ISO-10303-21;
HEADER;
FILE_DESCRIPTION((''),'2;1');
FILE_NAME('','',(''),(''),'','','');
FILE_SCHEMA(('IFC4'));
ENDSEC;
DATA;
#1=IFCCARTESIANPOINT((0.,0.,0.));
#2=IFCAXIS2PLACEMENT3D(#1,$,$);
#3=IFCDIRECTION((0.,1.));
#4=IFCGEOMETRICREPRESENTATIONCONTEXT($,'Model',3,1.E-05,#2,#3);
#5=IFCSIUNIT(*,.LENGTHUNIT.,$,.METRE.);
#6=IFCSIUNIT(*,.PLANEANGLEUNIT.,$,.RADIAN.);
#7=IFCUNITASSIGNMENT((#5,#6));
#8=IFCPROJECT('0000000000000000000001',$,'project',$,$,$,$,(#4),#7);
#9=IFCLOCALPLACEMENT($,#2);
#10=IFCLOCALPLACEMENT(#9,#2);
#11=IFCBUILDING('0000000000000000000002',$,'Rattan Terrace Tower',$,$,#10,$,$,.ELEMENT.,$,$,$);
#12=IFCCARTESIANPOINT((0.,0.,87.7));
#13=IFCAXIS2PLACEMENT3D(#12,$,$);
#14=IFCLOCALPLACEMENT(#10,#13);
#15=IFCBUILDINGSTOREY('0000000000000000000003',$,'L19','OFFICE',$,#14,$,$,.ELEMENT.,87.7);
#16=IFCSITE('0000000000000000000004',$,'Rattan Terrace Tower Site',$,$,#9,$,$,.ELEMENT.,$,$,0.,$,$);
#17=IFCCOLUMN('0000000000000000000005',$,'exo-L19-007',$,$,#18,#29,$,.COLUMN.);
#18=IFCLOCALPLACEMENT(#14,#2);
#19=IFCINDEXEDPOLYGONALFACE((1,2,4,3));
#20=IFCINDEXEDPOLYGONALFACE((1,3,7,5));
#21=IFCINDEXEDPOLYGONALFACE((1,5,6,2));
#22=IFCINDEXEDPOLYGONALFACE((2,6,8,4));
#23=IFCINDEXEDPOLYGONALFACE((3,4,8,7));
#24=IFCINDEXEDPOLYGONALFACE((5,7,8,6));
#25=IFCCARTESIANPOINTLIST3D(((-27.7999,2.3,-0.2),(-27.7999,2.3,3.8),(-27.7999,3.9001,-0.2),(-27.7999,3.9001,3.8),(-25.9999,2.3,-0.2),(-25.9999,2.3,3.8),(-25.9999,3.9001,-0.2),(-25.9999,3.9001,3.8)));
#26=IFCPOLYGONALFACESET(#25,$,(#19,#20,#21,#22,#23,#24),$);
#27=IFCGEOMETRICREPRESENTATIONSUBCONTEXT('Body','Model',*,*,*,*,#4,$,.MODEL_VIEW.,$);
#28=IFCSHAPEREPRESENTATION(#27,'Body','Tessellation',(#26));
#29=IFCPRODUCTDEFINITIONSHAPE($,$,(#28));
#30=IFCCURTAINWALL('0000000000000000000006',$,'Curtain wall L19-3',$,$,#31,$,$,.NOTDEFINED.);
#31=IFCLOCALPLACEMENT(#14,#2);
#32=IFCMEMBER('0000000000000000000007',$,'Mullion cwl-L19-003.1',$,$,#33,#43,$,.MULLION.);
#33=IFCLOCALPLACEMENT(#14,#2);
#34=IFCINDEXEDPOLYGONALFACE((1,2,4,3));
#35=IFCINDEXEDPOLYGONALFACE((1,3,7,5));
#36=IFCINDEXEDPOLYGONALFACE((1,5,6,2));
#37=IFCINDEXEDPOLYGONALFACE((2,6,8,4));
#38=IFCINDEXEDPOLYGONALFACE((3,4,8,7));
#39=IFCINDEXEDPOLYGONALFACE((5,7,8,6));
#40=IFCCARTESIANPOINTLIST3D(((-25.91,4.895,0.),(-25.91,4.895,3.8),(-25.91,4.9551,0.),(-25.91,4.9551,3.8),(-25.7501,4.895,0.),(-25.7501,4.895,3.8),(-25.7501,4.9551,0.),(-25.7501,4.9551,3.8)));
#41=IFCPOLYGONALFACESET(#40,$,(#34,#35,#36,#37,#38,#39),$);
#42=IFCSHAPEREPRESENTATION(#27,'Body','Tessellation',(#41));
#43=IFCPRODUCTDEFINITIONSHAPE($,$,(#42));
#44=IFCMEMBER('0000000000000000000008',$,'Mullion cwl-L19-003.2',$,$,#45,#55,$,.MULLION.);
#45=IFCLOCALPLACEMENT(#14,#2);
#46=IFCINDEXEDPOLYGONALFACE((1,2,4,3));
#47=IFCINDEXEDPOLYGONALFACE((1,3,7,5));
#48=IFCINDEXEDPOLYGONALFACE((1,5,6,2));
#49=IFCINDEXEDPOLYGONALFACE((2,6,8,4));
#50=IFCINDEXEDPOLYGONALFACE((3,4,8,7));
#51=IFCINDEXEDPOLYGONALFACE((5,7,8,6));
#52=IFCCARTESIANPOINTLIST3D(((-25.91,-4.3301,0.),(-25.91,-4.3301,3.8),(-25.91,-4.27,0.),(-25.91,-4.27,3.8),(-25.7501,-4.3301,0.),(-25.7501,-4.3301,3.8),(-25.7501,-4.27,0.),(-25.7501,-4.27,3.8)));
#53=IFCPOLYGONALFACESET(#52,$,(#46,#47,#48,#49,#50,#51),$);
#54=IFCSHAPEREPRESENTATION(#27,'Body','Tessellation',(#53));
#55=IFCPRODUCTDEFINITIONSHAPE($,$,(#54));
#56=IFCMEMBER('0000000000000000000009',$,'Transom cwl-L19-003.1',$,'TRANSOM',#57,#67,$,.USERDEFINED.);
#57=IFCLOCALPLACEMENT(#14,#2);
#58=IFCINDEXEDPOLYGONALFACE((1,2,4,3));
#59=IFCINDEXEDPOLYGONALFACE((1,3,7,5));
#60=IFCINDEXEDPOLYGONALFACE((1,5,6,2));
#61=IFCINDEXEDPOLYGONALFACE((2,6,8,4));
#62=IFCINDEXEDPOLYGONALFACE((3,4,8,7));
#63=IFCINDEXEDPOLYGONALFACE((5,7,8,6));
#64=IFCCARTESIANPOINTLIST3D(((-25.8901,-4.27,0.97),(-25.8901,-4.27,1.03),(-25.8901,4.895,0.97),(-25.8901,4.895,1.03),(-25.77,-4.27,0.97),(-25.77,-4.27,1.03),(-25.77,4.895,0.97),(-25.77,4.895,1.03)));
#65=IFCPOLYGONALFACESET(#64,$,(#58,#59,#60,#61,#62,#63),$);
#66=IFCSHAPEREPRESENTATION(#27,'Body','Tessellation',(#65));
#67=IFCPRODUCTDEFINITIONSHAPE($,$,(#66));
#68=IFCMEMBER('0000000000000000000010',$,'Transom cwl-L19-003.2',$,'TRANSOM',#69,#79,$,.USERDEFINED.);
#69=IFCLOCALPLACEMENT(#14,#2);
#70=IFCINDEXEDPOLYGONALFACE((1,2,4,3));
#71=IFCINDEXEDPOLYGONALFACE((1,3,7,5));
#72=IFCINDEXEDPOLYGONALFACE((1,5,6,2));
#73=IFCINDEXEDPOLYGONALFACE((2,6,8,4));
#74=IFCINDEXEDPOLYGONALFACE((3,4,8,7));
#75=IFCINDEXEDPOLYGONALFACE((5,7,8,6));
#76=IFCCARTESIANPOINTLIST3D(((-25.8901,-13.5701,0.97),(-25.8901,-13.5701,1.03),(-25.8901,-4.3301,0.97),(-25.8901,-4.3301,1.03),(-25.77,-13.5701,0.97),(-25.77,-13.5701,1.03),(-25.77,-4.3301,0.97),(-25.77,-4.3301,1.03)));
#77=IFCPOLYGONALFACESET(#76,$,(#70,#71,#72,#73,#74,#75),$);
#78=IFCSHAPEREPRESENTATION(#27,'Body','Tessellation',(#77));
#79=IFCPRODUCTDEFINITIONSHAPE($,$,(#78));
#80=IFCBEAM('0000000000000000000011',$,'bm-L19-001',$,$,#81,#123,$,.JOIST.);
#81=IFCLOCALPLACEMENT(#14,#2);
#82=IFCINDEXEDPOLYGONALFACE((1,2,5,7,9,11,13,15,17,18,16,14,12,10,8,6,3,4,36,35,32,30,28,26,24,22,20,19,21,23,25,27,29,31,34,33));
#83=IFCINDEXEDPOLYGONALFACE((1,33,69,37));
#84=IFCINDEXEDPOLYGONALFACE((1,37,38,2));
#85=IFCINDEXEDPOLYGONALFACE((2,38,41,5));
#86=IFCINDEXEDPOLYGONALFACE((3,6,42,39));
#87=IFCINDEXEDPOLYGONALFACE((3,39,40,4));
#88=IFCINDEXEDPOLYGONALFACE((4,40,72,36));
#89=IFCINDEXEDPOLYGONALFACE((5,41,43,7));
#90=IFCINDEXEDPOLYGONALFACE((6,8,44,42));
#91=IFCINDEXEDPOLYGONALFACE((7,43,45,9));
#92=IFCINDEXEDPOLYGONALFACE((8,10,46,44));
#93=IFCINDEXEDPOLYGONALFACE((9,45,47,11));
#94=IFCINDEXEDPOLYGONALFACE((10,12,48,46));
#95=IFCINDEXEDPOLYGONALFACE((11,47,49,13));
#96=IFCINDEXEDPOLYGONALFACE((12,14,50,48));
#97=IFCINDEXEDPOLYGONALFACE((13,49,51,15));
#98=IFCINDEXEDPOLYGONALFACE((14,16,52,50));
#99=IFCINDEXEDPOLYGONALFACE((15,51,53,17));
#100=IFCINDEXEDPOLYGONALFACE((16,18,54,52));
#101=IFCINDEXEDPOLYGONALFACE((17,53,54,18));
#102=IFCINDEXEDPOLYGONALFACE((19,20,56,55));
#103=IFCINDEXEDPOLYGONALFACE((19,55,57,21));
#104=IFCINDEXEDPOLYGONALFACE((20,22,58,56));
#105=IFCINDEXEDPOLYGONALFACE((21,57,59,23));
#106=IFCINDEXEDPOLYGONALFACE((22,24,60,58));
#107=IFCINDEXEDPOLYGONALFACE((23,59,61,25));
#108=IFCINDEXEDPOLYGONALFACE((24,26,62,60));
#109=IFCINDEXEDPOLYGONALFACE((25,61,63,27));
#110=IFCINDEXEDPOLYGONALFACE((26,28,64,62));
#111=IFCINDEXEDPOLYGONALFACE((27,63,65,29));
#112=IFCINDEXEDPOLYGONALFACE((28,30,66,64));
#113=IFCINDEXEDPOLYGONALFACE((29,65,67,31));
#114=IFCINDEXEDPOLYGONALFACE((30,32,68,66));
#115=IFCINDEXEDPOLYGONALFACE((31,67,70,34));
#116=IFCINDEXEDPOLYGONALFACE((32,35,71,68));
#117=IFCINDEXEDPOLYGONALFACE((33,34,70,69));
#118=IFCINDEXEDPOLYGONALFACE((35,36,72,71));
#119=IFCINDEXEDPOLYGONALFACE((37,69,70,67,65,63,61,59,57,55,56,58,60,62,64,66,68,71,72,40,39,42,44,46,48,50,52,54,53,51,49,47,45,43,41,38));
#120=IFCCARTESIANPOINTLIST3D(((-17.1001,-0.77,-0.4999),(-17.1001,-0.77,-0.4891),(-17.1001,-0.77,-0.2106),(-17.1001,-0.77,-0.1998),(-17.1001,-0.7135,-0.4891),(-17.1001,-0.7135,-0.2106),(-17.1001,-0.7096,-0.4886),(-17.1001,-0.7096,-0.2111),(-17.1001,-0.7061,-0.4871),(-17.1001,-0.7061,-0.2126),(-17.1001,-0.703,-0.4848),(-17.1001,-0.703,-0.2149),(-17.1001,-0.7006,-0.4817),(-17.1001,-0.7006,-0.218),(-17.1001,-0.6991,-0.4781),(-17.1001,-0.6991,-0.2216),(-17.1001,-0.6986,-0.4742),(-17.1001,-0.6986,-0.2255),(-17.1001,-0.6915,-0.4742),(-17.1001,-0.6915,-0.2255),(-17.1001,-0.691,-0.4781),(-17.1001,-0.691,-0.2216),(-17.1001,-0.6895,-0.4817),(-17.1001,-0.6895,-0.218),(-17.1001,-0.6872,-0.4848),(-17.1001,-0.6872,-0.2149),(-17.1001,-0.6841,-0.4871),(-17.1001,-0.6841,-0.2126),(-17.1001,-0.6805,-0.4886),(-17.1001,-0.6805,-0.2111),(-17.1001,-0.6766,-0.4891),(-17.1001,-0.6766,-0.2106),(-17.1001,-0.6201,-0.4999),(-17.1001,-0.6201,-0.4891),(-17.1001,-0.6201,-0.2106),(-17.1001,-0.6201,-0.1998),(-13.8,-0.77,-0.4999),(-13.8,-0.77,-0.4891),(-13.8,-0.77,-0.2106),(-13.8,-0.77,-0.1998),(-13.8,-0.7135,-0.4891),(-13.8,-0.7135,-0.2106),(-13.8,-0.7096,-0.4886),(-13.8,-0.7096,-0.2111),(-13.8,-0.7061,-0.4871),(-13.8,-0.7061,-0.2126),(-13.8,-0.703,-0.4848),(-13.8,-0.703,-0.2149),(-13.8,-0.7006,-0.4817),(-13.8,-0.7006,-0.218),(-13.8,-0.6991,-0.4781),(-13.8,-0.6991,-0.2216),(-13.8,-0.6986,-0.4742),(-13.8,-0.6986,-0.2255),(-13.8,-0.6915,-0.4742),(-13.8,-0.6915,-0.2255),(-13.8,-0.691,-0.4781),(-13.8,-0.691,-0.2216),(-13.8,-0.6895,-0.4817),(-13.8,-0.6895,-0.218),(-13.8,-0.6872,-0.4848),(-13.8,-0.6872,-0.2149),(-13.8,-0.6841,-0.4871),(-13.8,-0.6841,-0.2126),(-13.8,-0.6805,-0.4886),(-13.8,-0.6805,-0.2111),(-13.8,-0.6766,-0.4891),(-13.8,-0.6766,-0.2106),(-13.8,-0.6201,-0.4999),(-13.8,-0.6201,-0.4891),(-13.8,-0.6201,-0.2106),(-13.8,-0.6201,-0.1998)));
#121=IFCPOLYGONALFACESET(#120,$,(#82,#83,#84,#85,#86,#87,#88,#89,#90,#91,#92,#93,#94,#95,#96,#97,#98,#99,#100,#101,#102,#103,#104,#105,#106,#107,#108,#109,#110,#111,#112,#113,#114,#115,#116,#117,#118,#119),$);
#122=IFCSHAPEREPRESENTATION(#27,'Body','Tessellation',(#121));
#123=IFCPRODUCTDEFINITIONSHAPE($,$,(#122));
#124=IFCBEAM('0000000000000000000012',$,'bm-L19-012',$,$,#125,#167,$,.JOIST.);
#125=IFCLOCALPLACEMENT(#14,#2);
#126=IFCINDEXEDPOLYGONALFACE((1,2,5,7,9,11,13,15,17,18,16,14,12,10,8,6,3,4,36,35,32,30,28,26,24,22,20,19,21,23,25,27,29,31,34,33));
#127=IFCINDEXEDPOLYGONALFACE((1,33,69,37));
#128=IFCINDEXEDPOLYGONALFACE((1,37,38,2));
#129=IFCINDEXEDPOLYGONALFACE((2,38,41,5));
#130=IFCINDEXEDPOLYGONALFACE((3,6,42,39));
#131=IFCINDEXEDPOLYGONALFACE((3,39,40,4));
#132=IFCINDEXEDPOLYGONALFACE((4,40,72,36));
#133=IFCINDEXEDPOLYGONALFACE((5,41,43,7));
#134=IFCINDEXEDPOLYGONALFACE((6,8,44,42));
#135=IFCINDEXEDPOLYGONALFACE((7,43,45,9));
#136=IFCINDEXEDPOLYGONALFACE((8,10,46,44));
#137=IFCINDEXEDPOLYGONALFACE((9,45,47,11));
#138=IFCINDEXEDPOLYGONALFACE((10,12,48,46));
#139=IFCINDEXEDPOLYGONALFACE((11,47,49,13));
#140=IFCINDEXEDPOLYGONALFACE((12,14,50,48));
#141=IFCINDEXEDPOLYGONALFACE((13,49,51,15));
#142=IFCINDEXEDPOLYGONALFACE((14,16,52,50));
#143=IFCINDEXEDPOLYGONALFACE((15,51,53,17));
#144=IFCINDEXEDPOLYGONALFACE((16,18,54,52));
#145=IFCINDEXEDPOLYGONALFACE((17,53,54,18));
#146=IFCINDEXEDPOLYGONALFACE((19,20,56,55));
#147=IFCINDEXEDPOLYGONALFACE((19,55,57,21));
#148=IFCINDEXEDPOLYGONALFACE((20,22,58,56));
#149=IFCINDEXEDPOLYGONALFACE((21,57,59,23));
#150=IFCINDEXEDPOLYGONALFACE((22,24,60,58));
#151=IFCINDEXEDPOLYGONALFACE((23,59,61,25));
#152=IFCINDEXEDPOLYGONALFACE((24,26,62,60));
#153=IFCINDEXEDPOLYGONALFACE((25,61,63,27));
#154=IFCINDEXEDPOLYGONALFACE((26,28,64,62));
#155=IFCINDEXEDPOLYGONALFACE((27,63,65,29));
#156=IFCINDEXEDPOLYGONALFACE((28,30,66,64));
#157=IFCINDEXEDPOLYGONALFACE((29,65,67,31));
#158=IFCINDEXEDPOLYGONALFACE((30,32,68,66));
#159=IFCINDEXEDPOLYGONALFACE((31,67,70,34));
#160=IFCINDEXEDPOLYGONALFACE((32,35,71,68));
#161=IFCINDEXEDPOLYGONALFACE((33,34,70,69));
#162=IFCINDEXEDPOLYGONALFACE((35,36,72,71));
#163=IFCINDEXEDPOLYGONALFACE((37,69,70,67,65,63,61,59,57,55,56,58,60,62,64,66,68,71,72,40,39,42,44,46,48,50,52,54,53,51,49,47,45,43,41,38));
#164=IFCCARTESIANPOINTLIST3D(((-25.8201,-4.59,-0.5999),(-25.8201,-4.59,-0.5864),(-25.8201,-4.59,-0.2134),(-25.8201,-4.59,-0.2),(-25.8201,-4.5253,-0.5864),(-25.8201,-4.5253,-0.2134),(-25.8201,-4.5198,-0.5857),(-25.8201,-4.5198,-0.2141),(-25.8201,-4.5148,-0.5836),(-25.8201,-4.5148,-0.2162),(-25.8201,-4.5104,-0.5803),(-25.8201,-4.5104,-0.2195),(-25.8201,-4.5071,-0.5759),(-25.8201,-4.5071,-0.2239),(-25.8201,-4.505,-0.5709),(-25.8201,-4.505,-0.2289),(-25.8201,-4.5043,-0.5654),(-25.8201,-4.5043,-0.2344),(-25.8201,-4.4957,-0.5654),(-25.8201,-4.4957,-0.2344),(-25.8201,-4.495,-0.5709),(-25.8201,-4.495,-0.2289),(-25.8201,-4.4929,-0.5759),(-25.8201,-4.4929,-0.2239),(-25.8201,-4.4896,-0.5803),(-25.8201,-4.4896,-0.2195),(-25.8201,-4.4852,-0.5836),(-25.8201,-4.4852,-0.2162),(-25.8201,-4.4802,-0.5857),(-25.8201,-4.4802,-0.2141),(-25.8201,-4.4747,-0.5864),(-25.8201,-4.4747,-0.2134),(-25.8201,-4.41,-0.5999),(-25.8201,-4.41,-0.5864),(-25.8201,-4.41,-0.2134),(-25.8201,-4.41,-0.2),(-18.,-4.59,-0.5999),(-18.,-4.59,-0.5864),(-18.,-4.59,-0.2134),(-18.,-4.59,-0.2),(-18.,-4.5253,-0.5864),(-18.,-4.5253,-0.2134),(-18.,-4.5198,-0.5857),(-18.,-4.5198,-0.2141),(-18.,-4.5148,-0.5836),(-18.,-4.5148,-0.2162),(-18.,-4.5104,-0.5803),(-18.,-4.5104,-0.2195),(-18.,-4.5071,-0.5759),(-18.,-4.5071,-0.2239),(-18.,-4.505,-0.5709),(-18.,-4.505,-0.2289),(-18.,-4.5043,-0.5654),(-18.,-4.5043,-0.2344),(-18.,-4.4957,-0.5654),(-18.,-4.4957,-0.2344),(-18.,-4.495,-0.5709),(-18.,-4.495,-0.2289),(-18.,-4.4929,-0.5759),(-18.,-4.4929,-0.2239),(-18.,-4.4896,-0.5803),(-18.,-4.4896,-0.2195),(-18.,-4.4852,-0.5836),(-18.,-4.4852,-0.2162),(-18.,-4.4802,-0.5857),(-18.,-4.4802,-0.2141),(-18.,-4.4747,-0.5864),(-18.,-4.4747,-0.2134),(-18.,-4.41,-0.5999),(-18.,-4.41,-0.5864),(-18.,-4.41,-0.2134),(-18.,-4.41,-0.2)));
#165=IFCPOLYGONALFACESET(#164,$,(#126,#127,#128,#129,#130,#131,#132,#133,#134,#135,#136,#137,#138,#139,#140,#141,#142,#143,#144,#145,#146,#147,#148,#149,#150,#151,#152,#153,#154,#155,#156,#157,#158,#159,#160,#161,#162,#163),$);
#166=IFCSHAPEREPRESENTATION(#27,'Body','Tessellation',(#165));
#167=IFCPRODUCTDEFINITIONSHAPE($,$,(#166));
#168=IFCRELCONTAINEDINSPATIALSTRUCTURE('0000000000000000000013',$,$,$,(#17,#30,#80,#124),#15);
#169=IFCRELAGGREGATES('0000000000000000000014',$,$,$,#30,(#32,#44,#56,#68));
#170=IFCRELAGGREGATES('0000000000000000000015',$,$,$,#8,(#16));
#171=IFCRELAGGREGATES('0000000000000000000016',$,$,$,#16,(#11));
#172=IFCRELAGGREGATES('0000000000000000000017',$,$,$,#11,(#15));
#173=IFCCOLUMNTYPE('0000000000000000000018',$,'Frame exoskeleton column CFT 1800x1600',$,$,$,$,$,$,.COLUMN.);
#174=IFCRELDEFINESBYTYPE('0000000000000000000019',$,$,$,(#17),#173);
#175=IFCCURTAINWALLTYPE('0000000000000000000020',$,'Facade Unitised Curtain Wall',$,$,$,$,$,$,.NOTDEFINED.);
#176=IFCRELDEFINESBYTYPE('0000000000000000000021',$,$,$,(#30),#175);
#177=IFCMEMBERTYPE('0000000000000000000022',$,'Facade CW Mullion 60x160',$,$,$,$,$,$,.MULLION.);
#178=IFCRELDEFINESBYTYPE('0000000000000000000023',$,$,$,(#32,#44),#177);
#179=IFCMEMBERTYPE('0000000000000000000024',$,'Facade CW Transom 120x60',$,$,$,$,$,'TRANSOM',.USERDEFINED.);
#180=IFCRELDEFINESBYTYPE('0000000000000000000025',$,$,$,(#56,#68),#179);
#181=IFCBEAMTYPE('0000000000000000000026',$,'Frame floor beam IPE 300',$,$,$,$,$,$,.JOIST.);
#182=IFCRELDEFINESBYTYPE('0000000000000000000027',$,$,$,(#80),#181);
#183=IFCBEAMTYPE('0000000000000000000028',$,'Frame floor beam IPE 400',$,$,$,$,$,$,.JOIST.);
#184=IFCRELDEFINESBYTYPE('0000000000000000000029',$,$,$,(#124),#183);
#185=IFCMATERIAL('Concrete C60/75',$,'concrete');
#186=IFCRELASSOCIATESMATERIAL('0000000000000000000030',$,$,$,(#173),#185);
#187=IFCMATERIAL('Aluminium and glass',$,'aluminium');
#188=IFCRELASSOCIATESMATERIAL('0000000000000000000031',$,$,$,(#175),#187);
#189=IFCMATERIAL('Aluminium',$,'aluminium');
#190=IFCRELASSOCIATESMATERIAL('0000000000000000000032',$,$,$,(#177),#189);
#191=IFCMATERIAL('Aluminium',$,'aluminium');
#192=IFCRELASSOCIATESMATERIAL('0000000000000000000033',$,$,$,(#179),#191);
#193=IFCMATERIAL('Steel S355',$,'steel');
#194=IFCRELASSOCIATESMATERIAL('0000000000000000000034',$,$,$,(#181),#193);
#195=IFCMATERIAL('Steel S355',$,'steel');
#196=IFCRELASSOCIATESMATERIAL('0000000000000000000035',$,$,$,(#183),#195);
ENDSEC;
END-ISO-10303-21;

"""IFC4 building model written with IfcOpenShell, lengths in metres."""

from ifc_helpers import new_model, si_unit, direction, frame, origin, origin_2d, place, context, subcontext, project, spatial, rectangle, i_section, extrude, material, material_profile, profile_set, type_object, element, aggregate, save


model = new_model("IFC4")

# Units and contexts
model_context = context("Model", 3, precision=1e-05, world=origin(), true_north=direction((0.0, 1.0)))
body_context = subcontext(model_context, "Body", "Model", "MODEL_VIEW")
ifc_project = project(units=[si_unit("LENGTHUNIT", "METRE"), si_unit("PLANEANGLEUNIT", "RADIAN")], contexts=[model_context])

# Site, building, storey
site_placement = place(None, origin())
site = spatial("IfcSite", under=ifc_project, at=site_placement, Name="Rattan Terrace Tower Site", CompositionType="ELEMENT", RefElevation=0.0)
building_placement = place(site_placement, origin())
building = spatial("IfcBuilding", under=site, at=building_placement, Name="Rattan Terrace Tower", CompositionType="ELEMENT")
storey_placement = place(building_placement, frame((0.0, 0.0, 87.7)))
storey = spatial("IfcBuildingStorey", under=building, at=storey_placement, Name="L19", Description="OFFICE", CompositionType="ELEMENT", Elevation=87.7)

# Column
ifc_material_1 = material(Name="Concrete C60/75", Category="concrete")
ifc_material_profile_1 = material_profile(ifc_material_1, rectangle(XDim=1.6001, YDim=1.8, at=origin_2d()), Name="CFT 1800x1600")
ifc_profile_set_1 = profile_set([ifc_material_profile_1], Name="Concrete C60/75")
column_type = type_object("IfcColumnType", Name="Frame exoskeleton column CFT 1800x1600", PredefinedType="COLUMN", material=ifc_profile_set_1)
column_placement = place(storey_placement, frame((-26.8999, 3.1001, -0.2), z_axis=(0.0, 0.0, 1.0), x_axis=(0.0, 1.0, 0.0)))
element("IfcColumn", 1, at=column_placement, inside=storey, type_object=column_type, Name="exo-L19-007", PredefinedType="COLUMN", context=body_context, shape_type="SweptSolid", body=[
    extrude(rectangle(XDim=1.6001, YDim=1.8, at=origin_2d()), origin(), (0.0, 0.0, 1.0), 4.0),
])

# Curtain wall, members
ifc_material_2 = material(Name="Aluminium and glass", Category="aluminium")
curtain_wall_type = type_object("IfcCurtainWallType", Name="Facade Unitised Curtain Wall", PredefinedType="NOTDEFINED", material=ifc_material_2)
curtain_wall_placement = place(storey_placement, origin())
curtain_wall = element("IfcCurtainWall", 2, at=curtain_wall_placement, inside=storey, type_object=curtain_wall_type, Name="Curtain wall L19-3", PredefinedType="NOTDEFINED")
ifc_material_3 = material(Name="Aluminium", Category="aluminium")
ifc_material_profile_2 = material_profile(ifc_material_3, rectangle(XDim=0.0601, YDim=0.1599, at=origin_2d()), Name="Aluminium 60x160")
ifc_profile_set_2 = profile_set([ifc_material_profile_2], Name="Aluminium")
member_type_1 = type_object("IfcMemberType", Name="Facade CW Mullion 60x160", PredefinedType="MULLION", material=ifc_profile_set_2)
member_1_placement = place(storey_placement, frame((-25.8301, 4.925, 0.0), z_axis=(0.0, 0.0, 1.0), x_axis=(0.0, -1.0, 0.0)))
member_1 = element("IfcMember", 3, at=member_1_placement, type_object=member_type_1, Name="Mullion cwl-L19-003.1", PredefinedType="MULLION", context=body_context, shape_type="SweptSolid", body=[
    extrude(rectangle(XDim=0.0601, YDim=0.1599, at=origin_2d()), origin(), (0.0, 0.0, 1.0), 3.8),
])
member_2_placement = place(storey_placement, frame((-25.8301, -4.3, 0.0), z_axis=(0.0, 0.0, 1.0), x_axis=(0.0, -1.0, 0.0)))
member_2 = element("IfcMember", 4, at=member_2_placement, type_object=member_type_1, Name="Mullion cwl-L19-003.2", PredefinedType="MULLION", context=body_context, shape_type="SweptSolid", body=[
    extrude(rectangle(XDim=0.0601, YDim=0.1599, at=origin_2d()), origin(), (0.0, 0.0, 1.0), 3.8),
])
ifc_material_4 = material(Name="Aluminium", Category="aluminium")
ifc_material_profile_3 = material_profile(ifc_material_4, rectangle(XDim=0.1201, YDim=0.0601, at=origin_2d()), Name="Aluminium 120x60")
ifc_profile_set_3 = profile_set([ifc_material_profile_3], Name="Aluminium")
member_type_2 = type_object("IfcMemberType", Name="Facade CW Transom 120x60", ElementType="TRANSOM", PredefinedType="USERDEFINED", material=ifc_profile_set_3)
member_3_placement = place(storey_placement, frame((-25.8301, 4.895, 1.0), z_axis=(0.0, -1.0, 0.0), x_axis=(1.0, 0.0, 0.0)))
member_3 = element("IfcMember", 5, at=member_3_placement, type_object=member_type_2, Name="Transom cwl-L19-003.1", ObjectType="TRANSOM", PredefinedType="USERDEFINED", context=body_context, shape_type="SweptSolid", body=[
    extrude(rectangle(XDim=0.1201, YDim=0.0601, at=origin_2d()), origin(), (0.0, 0.0, 1.0), 9.165),
])
member_4_placement = place(storey_placement, frame((-25.8301, -4.3301, 1.0), z_axis=(0.0, -1.0, 0.0), x_axis=(1.0, 0.0, 0.0)))
member_4 = element("IfcMember", 6, at=member_4_placement, type_object=member_type_2, Name="Transom cwl-L19-003.2", ObjectType="TRANSOM", PredefinedType="USERDEFINED", context=body_context, shape_type="SweptSolid", body=[
    extrude(rectangle(XDim=0.1201, YDim=0.0601, at=origin_2d()), origin(), (0.0, 0.0, 1.0), 9.24),
])

# Beams
ifc_material_5 = material(Name="Steel S355", Category="steel")
ifc_material_profile_4 = material_profile(ifc_material_5, i_section(OverallWidth=0.1499, OverallDepth=0.3, WebThickness=0.0071, FlangeThickness=0.0107, FilletRadius=0.0149, at=origin_2d()), Name="IPE 300")
ifc_profile_set_4 = profile_set([ifc_material_profile_4], Name="Steel S355")
beam_type_1 = type_object("IfcBeamType", Name="Frame floor beam IPE 300", PredefinedType="JOIST", material=ifc_profile_set_4)
beam_placement = place(storey_placement, frame((-17.1001, -0.6951, -0.3499), z_axis=(1.0, 0.0, 0.0), x_axis=(0.0, 1.0, 0.0)))
element("IfcBeam", 7, at=beam_placement, inside=storey, type_object=beam_type_1, Name="bm-L19-001", PredefinedType="JOIST", context=body_context, shape_type="SweptSolid", body=[
    extrude(i_section(OverallWidth=0.1499, OverallDepth=0.3, WebThickness=0.0071, FlangeThickness=0.0107, FilletRadius=0.0149, at=origin_2d()), origin(), (0.0, 0.0, 1.0), 3.3),
])
ifc_material_6 = material(Name="Steel S355", Category="steel")
ifc_material_profile_5 = material_profile(ifc_material_6, i_section(OverallWidth=0.1799, OverallDepth=0.3999, WebThickness=0.0085, FlangeThickness=0.0134, FilletRadius=0.021, at=origin_2d()), Name="IPE 400")
ifc_profile_set_5 = profile_set([ifc_material_profile_5], Name="Steel S355")
beam_type_2 = type_object("IfcBeamType", Name="Frame floor beam IPE 400", PredefinedType="JOIST", material=ifc_profile_set_5)
for number, where, z_axis, x_axis, name in (
    (8, (-25.8201, -4.5, -0.3999), (1.0, 0.0, 0.0), (0.0, 1.0, 0.0), "bm-L19-012"),
):
    element("IfcBeam", number, at=place(storey_placement, frame(where, z_axis=z_axis, x_axis=x_axis)), inside=storey, type_object=beam_type_2, Name=name, PredefinedType="JOIST", context=body_context, shape_type="SweptSolid", body=[
        extrude(i_section(OverallWidth=0.1799, OverallDepth=0.3999, WebThickness=0.0085, FlangeThickness=0.0134, FilletRadius=0.021, at=origin_2d()), origin(), (0.0, 0.0, 1.0), 7.8201),
    ])

aggregate(curtain_wall, [member_1, member_2, member_3, member_4])

save(model, "model.ifc")
